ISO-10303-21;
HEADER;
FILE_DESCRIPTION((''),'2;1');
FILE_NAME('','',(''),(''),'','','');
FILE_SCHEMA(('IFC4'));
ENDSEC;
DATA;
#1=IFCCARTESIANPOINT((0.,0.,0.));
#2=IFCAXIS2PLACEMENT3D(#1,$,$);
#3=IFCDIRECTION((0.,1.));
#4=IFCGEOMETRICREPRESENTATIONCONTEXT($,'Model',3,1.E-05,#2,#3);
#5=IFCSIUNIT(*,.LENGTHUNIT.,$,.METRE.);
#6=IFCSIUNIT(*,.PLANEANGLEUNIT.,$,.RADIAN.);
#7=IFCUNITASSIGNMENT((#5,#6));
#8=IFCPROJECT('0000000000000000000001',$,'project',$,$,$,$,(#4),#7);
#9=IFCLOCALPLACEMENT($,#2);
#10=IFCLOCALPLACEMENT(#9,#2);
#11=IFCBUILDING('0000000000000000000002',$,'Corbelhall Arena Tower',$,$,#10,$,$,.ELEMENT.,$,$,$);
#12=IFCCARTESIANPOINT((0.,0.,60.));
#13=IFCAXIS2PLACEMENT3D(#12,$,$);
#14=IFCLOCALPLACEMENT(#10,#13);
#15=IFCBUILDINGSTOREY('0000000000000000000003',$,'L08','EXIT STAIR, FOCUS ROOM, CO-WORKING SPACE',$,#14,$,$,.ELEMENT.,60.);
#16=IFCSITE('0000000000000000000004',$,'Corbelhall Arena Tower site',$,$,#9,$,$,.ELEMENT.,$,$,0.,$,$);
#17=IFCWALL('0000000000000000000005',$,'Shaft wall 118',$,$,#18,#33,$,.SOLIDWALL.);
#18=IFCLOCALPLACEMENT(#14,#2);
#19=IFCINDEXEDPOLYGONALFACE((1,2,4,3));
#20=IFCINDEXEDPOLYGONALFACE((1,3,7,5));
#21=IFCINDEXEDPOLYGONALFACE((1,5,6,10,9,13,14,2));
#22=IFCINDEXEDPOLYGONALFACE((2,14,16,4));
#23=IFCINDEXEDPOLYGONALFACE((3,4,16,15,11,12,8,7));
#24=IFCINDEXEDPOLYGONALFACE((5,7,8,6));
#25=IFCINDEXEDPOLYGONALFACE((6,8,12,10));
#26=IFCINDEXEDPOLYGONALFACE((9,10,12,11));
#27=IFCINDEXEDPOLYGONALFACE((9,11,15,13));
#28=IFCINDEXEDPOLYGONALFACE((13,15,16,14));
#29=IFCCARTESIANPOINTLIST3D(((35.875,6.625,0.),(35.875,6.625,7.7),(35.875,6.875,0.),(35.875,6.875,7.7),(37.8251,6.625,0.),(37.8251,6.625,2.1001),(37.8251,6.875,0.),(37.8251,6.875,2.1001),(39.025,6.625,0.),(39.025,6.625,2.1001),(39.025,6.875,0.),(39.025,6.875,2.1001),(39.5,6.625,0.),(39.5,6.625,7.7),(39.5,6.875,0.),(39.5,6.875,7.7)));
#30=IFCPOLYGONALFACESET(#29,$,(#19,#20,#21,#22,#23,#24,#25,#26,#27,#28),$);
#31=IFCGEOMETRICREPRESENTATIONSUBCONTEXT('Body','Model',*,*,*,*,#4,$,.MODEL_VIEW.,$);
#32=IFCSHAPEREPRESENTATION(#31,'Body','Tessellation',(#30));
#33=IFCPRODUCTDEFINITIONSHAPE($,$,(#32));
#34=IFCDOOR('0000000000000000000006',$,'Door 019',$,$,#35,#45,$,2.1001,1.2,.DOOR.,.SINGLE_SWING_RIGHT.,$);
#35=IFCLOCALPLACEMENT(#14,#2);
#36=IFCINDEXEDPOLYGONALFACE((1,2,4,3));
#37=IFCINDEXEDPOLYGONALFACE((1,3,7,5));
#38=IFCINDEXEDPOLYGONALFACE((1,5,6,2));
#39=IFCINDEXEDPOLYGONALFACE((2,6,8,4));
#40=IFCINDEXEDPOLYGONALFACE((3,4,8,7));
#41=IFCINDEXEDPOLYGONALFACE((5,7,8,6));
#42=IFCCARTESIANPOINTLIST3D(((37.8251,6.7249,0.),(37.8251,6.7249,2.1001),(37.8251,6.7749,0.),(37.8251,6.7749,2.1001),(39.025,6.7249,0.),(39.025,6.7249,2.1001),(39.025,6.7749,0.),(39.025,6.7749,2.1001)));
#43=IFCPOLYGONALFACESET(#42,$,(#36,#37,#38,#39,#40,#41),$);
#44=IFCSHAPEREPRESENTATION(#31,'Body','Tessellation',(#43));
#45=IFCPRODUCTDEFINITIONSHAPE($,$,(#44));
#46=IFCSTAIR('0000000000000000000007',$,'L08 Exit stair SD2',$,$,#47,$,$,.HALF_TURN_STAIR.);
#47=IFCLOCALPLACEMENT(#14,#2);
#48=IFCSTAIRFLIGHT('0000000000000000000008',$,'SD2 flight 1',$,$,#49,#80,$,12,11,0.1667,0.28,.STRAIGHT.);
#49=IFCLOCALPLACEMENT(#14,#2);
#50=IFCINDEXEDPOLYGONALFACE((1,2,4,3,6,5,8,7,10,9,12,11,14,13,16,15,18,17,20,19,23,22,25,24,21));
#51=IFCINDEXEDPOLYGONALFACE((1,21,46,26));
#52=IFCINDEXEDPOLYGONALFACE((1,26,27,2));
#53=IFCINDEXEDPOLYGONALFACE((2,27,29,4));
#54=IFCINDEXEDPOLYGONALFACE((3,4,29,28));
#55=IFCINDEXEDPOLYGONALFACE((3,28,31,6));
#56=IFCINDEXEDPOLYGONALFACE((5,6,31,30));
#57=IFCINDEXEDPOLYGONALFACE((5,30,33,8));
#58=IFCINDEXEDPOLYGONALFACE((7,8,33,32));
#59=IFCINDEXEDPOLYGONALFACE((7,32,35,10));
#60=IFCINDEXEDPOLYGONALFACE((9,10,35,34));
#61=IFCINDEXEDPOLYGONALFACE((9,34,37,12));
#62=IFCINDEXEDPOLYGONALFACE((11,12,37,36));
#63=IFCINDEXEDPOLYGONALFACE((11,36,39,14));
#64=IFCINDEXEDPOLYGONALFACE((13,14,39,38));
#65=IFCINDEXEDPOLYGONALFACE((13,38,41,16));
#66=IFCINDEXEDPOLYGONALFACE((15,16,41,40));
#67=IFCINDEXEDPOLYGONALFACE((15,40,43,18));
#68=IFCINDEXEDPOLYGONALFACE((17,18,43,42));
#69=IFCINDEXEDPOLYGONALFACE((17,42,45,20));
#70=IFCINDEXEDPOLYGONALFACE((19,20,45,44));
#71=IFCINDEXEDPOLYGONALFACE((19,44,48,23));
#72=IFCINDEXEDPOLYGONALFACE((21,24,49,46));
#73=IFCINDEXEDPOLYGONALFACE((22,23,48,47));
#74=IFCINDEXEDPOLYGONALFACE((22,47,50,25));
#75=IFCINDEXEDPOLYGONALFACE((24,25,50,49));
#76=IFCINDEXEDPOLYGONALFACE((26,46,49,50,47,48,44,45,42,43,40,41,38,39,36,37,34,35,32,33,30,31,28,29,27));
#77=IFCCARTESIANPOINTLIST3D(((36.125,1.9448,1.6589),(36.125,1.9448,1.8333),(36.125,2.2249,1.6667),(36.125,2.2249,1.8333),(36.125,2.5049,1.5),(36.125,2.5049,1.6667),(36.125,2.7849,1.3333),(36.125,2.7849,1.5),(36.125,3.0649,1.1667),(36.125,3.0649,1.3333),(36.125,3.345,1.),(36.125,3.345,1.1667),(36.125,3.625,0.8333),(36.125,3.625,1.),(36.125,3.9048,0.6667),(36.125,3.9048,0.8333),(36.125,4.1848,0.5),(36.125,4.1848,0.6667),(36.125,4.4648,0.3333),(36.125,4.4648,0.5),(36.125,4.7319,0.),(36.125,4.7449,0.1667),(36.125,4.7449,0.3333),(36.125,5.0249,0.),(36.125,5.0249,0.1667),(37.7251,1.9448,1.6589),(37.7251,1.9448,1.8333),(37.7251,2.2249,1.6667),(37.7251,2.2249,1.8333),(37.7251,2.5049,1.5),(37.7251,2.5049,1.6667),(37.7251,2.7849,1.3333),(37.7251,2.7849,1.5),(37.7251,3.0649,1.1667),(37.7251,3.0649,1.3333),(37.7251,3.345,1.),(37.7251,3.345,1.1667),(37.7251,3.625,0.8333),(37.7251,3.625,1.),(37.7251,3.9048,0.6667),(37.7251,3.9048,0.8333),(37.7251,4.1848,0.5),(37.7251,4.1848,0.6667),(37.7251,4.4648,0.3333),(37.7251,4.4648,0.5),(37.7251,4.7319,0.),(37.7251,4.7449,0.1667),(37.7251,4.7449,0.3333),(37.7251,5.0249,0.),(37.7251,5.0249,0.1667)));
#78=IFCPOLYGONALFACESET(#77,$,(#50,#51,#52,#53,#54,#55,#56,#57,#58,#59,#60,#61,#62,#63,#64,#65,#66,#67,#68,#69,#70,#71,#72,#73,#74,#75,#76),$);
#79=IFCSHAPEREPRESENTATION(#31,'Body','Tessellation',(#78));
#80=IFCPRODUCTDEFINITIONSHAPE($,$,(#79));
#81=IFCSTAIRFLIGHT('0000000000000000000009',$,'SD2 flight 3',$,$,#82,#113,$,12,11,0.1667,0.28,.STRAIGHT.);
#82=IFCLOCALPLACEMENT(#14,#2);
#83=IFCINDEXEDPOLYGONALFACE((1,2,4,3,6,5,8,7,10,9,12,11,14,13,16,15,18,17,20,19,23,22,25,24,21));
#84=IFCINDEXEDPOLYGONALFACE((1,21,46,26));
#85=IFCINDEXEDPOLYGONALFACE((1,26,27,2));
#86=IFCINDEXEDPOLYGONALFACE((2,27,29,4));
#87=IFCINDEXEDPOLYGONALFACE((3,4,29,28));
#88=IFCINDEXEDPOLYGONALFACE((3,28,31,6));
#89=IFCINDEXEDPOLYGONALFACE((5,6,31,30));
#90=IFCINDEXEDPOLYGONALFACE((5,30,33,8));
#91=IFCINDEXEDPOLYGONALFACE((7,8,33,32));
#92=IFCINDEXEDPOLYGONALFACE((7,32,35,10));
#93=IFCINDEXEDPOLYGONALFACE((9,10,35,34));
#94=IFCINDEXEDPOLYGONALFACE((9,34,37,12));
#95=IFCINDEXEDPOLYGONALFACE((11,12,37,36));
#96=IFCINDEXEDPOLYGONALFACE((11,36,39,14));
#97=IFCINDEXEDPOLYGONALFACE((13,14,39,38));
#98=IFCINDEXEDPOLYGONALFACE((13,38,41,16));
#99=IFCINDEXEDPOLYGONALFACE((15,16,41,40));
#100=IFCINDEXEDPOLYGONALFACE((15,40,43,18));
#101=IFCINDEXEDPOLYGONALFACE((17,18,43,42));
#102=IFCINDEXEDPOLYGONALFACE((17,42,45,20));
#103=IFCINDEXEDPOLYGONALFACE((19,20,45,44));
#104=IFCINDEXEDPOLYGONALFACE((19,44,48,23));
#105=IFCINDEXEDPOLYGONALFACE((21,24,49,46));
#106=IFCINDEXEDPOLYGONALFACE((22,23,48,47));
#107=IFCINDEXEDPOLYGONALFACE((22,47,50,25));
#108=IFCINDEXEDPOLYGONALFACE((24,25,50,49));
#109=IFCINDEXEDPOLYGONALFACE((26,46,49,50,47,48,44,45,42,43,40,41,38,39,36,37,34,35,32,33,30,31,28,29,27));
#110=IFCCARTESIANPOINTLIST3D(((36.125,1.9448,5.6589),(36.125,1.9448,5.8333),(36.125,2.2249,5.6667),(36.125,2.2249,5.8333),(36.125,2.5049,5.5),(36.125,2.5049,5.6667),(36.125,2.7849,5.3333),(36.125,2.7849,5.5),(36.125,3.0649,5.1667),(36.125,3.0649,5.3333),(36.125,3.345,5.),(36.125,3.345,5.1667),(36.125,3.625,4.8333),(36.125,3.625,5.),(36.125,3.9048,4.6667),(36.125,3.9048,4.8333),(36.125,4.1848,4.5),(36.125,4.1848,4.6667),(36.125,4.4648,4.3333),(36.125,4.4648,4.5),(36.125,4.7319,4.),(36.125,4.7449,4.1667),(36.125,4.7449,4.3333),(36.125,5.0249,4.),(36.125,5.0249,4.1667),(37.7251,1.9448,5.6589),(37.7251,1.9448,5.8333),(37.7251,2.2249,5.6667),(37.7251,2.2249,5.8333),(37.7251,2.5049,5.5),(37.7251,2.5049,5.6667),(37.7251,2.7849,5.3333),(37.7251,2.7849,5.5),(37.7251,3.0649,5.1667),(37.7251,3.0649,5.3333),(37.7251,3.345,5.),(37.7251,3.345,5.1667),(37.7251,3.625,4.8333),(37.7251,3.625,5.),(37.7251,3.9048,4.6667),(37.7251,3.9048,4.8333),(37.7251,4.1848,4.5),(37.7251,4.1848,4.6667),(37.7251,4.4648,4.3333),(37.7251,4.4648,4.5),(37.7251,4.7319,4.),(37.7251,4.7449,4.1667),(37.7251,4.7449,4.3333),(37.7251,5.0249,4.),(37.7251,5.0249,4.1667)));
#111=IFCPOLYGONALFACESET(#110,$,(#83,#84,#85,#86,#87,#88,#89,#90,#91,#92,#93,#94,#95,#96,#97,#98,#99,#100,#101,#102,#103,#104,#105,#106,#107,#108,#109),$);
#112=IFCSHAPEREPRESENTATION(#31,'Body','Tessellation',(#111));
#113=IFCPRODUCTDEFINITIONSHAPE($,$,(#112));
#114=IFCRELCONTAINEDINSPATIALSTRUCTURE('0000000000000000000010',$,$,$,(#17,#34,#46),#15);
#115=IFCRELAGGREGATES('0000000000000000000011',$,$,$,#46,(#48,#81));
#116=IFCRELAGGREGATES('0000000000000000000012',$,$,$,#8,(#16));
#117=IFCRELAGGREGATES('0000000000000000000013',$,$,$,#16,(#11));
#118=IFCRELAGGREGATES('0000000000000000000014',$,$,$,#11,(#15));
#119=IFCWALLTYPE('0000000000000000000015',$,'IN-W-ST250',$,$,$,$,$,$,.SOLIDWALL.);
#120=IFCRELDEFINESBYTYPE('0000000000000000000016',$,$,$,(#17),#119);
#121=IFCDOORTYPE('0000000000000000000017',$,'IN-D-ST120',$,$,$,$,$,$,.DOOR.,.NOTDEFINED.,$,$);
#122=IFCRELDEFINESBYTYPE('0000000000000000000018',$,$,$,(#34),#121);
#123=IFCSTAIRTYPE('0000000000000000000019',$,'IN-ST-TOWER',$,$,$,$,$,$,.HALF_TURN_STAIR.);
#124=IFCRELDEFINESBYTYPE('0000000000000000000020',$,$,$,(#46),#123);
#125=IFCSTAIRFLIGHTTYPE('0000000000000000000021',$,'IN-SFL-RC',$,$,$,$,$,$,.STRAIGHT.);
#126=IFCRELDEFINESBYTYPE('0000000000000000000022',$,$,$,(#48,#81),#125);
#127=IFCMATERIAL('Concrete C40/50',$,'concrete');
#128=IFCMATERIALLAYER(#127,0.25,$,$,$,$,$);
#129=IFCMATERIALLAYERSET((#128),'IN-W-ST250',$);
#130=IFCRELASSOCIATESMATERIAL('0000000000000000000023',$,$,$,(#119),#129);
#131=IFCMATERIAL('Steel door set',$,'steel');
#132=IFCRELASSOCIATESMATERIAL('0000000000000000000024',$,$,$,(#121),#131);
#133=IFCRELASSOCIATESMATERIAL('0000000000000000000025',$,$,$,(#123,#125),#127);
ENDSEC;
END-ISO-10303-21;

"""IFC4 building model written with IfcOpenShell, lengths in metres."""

from ifc_helpers import new_model, si_unit, direction, frame, frame_2d, origin, place, context, subcontext, project, spatial, polyline, rectangle, outline, extrude, material, layer, layer_set, type_object, element, fill, aggregate, save


model = new_model("IFC4")

# Units and contexts
model_context = context("Model", 3, precision=1e-05, world=origin(), true_north=direction((0.0, 1.0)))
body_context = subcontext(model_context, "Body", "Model", "MODEL_VIEW")
ifc_project = project(units=[si_unit("LENGTHUNIT", "METRE"), si_unit("PLANEANGLEUNIT", "RADIAN")], contexts=[model_context])

# Site, building, storey
site_placement = place(None, origin())
site = spatial("IfcSite", under=ifc_project, at=site_placement, Name="Corbelhall Arena Tower site", CompositionType="ELEMENT", RefElevation=0.0)
building_placement = place(site_placement, origin())
building = spatial("IfcBuilding", under=site, at=building_placement, Name="Corbelhall Arena Tower", CompositionType="ELEMENT")
storey_placement = place(building_placement, frame((0.0, 0.0, 60.0)))
storey = spatial("IfcBuildingStorey", under=building, at=storey_placement, Name="L08", Description="EXIT STAIR, FOCUS ROOM, CO-WORKING SPACE", CompositionType="ELEMENT", Elevation=60.0)

# Shared definitions
ifc_material_1 = material(Name="Steel door set", Category="steel")

# Shared definitions
ifc_material_2 = material(Name="Concrete C40/50", Category="concrete")

# Wall, opening, door
ifc_layer_1 = layer(ifc_material_2, 0.25)
ifc_layer_set_1 = layer_set([ifc_layer_1], Name="IN-W-ST250")
wall_type_1 = type_object("IfcWallType", Name="IN-W-ST250", PredefinedType="SOLIDWALL", material=ifc_layer_set_1)
wall_1_placement = place(storey_placement, frame((35.875, 6.75, 0.0), z_axis=(0.0, 0.0, 1.0), x_axis=(1.0, 0.0, 0.0)))
wall_1 = element("IfcWall", 1, at=wall_1_placement, inside=storey, type_object=wall_type_1, Name="Shaft wall 118", PredefinedType="SOLIDWALL", context=body_context, shape_type="SweptSolid", body=[
    extrude(rectangle(XDim=3.625, YDim=0.25, at=frame_2d((1.8125, 0.0))), origin(), (0.0, 0.0, 1.0), 7.7),
])
opening_1_placement = place(wall_1_placement, frame((1.95, 0.0, 0.0)))
opening_1 = element("IfcOpeningElement", 2, at=opening_1_placement, cuts=wall_1, PredefinedType="OPENING", context=body_context, shape_type="SweptSolid", body=[
    extrude(rectangle(XDim=1.2, YDim=2.1001, at=frame_2d((0.6001, 1.05))), frame((0.0, 0.125, 0.0), z_axis=(0.0, -1.0, 0.0), x_axis=(1.0, 0.0, 0.0)), (0.0, 0.0, 1.0), 0.25),
])
door_type_1 = type_object("IfcDoorType", Name="IN-D-ST120", OperationType="NOTDEFINED", PredefinedType="DOOR", material=ifc_material_1)
door_1_placement = place(opening_1_placement, origin())
door_1 = element("IfcDoor", 3, at=door_1_placement, inside=storey, type_object=door_type_1, Name="Door 019", OperationType="SINGLE_SWING_RIGHT", OverallHeight=2.1001, OverallWidth=1.2, PredefinedType="DOOR", context=body_context, shape_type="SweptSolid", body=[
    extrude(rectangle(XDim=1.2, YDim=2.1001, at=frame_2d((0.6001, 1.05))), frame((0.0, 0.0249, 0.0), z_axis=(0.0, -1.0, 0.0), x_axis=(1.0, 0.0, 0.0)), (0.0, 0.0, 1.0), 0.05),
])
fill(opening_1, door_1)

# Stair, stair flights
stair_type = type_object("IfcStairType", Name="IN-ST-TOWER", PredefinedType="HALF_TURN_STAIR", material=ifc_material_2)
stair_placement = place(storey_placement, origin())
stair = element("IfcStair", 4, at=stair_placement, inside=storey, type_object=stair_type, Name="L08 Exit stair SD2", PredefinedType="HALF_TURN_STAIR")
stair_flight_type = type_object("IfcStairFlightType", Name="IN-SFL-RC", PredefinedType="STRAIGHT", material=ifc_material_2)
stair_flight_1_placement = place(storey_placement, frame((36.925, 5.0249, 0.0), z_axis=(0.0, 0.0, 1.0), x_axis=(0.0, -1.0, 0.0)))
stair_flight_1 = element("IfcStairFlight", 5, at=stair_flight_1_placement, type_object=stair_flight_type, Name="SD2 flight 1", NumberOfRisers=12, NumberOfTreads=11, PredefinedType="STRAIGHT", RiserHeight=0.1667, TreadLength=0.28, context=body_context, shape_type="SweptSolid", body=[
    extrude(outline(polyline([(0.0, 0.0), (0.0, 0.1667), (0.28, 0.1667), (0.28, 0.3333), (0.5601, 0.3333), (0.5601, 0.5), (0.8401, 0.5), (0.8401, 0.6667), (1.1201, 0.6667), (1.1201, 0.8333), (1.3999, 0.8333), (1.3999, 1.0), (1.6799, 1.0), (1.6799, 1.1667), (1.96, 1.1667), (1.96, 1.3333), (2.24, 1.3333), (2.24, 1.5), (2.52, 1.5), (2.52, 1.6667), (2.8, 1.6667), (2.8, 1.8333), (3.0801, 1.8333), (3.0801, 2.0), (3.0801, 1.6589), (0.293, 0.0), (0.0, 0.0)])), frame((0.0, 0.8, 0.0), z_axis=(0.0, -1.0, 0.0), x_axis=(1.0, 0.0, 0.0)), (0.0, 0.0, 1.0), 1.6001),
])
stair_flight_2_placement = place(storey_placement, frame((36.925, 5.0249, 4.0), z_axis=(0.0, 0.0, 1.0), x_axis=(0.0, -1.0, 0.0)))
stair_flight_2 = element("IfcStairFlight", 6, at=stair_flight_2_placement, type_object=stair_flight_type, Name="SD2 flight 3", NumberOfRisers=12, NumberOfTreads=11, PredefinedType="STRAIGHT", RiserHeight=0.1667, TreadLength=0.28, context=body_context, shape_type="SweptSolid", body=[
    extrude(outline(polyline([(0.0, 0.0), (0.0, 0.1667), (0.28, 0.1667), (0.28, 0.3333), (0.5601, 0.3333), (0.5601, 0.5), (0.8401, 0.5), (0.8401, 0.6667), (1.1201, 0.6667), (1.1201, 0.8333), (1.3999, 0.8333), (1.3999, 1.0), (1.6799, 1.0), (1.6799, 1.1667), (1.96, 1.1667), (1.96, 1.3333), (2.24, 1.3333), (2.24, 1.5), (2.52, 1.5), (2.52, 1.6667), (2.8, 1.6667), (2.8, 1.8333), (3.0801, 1.8333), (3.0801, 2.0), (3.0801, 1.6589), (0.293, 0.0), (0.0, 0.0)])), frame((0.0, 0.8, 0.0), z_axis=(0.0, -1.0, 0.0), x_axis=(1.0, 0.0, 0.0)), (0.0, 0.0, 1.0), 1.6001),
])
aggregate(stair, [stair_flight_1, stair_flight_2])

save(model, "model.ifc")
